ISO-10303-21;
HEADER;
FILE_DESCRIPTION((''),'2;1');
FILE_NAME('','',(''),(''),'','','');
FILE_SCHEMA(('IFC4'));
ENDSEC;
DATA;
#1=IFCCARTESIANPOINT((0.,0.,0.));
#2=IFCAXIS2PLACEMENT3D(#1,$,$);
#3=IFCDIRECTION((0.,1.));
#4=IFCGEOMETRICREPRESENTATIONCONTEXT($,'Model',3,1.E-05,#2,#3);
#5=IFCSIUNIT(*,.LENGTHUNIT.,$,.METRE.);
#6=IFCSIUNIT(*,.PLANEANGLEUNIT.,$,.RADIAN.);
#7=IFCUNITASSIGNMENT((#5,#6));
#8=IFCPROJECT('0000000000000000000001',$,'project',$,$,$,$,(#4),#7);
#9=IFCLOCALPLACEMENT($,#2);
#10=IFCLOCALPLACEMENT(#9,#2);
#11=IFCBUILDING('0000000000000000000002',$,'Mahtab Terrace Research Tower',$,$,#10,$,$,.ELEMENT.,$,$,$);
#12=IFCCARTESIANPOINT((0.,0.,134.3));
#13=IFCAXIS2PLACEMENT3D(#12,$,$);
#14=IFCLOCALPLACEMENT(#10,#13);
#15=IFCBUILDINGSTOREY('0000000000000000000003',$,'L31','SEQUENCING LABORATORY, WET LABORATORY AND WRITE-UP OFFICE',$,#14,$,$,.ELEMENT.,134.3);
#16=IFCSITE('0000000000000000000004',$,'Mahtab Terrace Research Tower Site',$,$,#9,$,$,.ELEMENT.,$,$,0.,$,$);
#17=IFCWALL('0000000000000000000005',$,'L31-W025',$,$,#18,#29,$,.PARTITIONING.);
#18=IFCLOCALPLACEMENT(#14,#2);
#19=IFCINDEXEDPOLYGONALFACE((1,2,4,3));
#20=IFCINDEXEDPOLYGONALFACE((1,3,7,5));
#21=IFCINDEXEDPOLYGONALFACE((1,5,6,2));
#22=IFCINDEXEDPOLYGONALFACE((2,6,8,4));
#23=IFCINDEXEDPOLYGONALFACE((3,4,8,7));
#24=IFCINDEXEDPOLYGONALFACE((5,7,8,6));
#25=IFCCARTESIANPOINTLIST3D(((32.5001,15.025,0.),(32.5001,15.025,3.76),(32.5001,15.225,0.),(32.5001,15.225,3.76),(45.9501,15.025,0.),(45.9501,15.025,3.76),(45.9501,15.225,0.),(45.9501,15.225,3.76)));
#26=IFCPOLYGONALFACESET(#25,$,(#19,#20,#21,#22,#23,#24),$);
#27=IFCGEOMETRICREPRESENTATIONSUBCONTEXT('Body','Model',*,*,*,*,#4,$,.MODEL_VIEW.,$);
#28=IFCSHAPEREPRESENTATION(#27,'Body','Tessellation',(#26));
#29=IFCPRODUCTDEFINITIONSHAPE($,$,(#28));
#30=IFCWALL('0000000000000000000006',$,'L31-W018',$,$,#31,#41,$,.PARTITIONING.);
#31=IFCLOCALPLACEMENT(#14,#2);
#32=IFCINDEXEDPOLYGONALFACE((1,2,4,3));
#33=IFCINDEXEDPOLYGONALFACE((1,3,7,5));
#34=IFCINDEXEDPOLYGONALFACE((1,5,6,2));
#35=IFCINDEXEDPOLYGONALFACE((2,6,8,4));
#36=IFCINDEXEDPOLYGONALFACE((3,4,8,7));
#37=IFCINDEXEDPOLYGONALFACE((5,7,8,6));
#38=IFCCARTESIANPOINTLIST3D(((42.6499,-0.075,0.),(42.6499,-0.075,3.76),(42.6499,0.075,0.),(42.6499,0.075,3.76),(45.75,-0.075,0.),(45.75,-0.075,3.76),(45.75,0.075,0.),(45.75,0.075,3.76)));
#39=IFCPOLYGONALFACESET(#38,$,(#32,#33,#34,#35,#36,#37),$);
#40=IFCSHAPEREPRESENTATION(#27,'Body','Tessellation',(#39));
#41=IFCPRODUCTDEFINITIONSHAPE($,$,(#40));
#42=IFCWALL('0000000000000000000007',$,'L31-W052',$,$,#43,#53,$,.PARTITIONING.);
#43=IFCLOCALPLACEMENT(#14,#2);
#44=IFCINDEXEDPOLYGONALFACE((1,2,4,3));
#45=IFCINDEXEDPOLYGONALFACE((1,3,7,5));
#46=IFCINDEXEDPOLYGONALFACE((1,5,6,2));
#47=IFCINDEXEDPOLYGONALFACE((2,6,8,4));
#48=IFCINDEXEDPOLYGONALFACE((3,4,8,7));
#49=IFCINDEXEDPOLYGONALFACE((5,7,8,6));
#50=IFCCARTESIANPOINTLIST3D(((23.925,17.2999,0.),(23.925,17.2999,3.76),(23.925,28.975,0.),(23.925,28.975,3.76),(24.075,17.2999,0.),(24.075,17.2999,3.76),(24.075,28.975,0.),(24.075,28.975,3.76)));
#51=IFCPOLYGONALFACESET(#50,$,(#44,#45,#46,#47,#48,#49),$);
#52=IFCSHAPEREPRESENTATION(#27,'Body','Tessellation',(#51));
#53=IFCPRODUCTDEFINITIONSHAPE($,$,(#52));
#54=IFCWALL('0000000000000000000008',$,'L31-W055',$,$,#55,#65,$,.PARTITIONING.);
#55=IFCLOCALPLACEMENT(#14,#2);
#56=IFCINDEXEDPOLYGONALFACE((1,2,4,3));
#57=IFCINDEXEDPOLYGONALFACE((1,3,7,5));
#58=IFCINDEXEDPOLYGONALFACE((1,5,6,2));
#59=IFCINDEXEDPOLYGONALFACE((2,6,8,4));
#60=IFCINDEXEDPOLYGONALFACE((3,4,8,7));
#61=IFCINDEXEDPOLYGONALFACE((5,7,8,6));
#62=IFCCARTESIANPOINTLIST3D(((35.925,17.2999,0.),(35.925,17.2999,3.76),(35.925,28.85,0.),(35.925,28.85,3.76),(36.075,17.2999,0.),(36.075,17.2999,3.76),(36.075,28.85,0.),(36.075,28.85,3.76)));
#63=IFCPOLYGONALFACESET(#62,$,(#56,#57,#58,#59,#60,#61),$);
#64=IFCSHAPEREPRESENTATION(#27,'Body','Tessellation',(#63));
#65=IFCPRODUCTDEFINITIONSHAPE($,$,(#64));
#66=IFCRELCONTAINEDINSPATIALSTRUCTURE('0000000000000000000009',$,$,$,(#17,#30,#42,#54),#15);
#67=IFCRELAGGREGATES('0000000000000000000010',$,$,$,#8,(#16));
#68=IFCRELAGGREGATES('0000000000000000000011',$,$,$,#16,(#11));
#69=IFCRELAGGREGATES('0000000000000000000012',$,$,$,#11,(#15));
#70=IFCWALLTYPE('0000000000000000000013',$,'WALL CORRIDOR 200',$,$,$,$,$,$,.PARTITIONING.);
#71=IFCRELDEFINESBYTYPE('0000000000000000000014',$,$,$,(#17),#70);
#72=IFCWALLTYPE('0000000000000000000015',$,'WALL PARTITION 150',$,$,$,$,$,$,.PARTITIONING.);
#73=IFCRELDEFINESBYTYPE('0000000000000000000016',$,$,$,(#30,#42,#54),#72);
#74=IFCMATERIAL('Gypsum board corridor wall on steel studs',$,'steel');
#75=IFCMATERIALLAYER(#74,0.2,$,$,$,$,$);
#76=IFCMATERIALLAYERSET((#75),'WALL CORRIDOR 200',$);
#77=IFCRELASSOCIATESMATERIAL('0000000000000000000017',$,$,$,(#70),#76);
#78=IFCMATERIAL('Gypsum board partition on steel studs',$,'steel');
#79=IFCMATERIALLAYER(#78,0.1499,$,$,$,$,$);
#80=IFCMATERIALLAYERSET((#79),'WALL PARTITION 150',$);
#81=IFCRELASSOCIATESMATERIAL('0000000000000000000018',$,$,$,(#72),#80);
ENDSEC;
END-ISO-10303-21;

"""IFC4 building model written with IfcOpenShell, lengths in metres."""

from ifc_helpers import new_model, si_unit, direction, frame, frame_2d, origin, place, context, subcontext, project, spatial, rectangle, extrude, material, layer, layer_set, type_object, element, save


model = new_model("IFC4")

# Units and contexts
model_context = context("Model", 3, precision=1e-05, world=origin(), true_north=direction((0.0, 1.0)))
body_context = subcontext(model_context, "Body", "Model", "MODEL_VIEW")
ifc_project = project(units=[si_unit("LENGTHUNIT", "METRE"), si_unit("PLANEANGLEUNIT", "RADIAN")], contexts=[model_context])

# Site, building, storey
site_placement = place(None, origin())
site = spatial("IfcSite", under=ifc_project, at=site_placement, Name="Mahtab Terrace Research Tower Site", CompositionType="ELEMENT", RefElevation=0.0)
building_placement = place(site_placement, origin())
building = spatial("IfcBuilding", under=site, at=building_placement, Name="Mahtab Terrace Research Tower", CompositionType="ELEMENT")
storey_placement = place(building_placement, frame((0.0, 0.0, 134.3)))
storey = spatial("IfcBuildingStorey", under=building, at=storey_placement, Name="L31", Description="SEQUENCING LABORATORY, WET LABORATORY AND WRITE-UP OFFICE", CompositionType="ELEMENT", Elevation=134.3)

# Walls
ifc_material_1 = material(Name="Gypsum board corridor wall on steel studs", Category="steel")
ifc_layer_1 = layer(ifc_material_1, 0.2)
ifc_layer_set_1 = layer_set([ifc_layer_1], Name="WALL CORRIDOR 200")
wall_type_1 = type_object("IfcWallType", Name="WALL CORRIDOR 200", PredefinedType="PARTITIONING", material=ifc_layer_set_1)
wall_1_placement = place(storey_placement, frame((32.5, 15.125, 0.0), z_axis=(0.0, 0.0, 1.0), x_axis=(1.0, 0.0, 0.0)))
element("IfcWall", 1, at=wall_1_placement, inside=storey, type_object=wall_type_1, Name="L31-W025", PredefinedType="PARTITIONING", context=body_context, shape_type="SweptSolid", body=[
    extrude(rectangle(XDim=13.45, YDim=0.2, at=frame_2d((6.7251, 0.0))), origin(), (0.0, 0.0, 1.0), 3.76),
])
ifc_material_2 = material(Name="Gypsum board partition on steel studs", Category="steel")
ifc_layer_2 = layer(ifc_material_2, 0.1499)
ifc_layer_set_2 = layer_set([ifc_layer_2], Name="WALL PARTITION 150")
wall_type_2 = type_object("IfcWallType", Name="WALL PARTITION 150", PredefinedType="PARTITIONING", material=ifc_layer_set_2)
wall_2_placement = place(storey_placement, frame((42.6499, 0.0, 0.0), z_axis=(0.0, 0.0, 1.0), x_axis=(1.0, 0.0, 0.0)))
element("IfcWall", 2, at=wall_2_placement, inside=storey, type_object=wall_type_2, Name="L31-W018", PredefinedType="PARTITIONING", context=body_context, shape_type="SweptSolid", body=[
    extrude(rectangle(XDim=3.1001, YDim=0.1499, at=frame_2d((1.55, 0.0))), origin(), (0.0, 0.0, 1.0), 3.76),
])
wall_3_placement = place(storey_placement, frame((24.0, 17.3, 0.0), z_axis=(0.0, 0.0, 1.0), x_axis=(0.0, 1.0, 0.0)))
element("IfcWall", 3, at=wall_3_placement, inside=storey, type_object=wall_type_2, Name="L31-W052", PredefinedType="PARTITIONING", context=body_context, shape_type="SweptSolid", body=[
    extrude(rectangle(XDim=11.675, YDim=0.1499, at=frame_2d((5.8374, 0.0))), origin(), (0.0, 0.0, 1.0), 3.76),
])
wall_4_placement = place(storey_placement, frame((36.0, 17.3, 0.0), z_axis=(0.0, 0.0, 1.0), x_axis=(0.0, 1.0, 0.0)))
element("IfcWall", 4, at=wall_4_placement, inside=storey, type_object=wall_type_2, Name="L31-W055", PredefinedType="PARTITIONING", context=body_context, shape_type="SweptSolid", body=[
    extrude(rectangle(XDim=11.55, YDim=0.1499, at=frame_2d((5.7749, 0.0))), origin(), (0.0, 0.0, 1.0), 3.76),
])

save(model, "model.ifc")
